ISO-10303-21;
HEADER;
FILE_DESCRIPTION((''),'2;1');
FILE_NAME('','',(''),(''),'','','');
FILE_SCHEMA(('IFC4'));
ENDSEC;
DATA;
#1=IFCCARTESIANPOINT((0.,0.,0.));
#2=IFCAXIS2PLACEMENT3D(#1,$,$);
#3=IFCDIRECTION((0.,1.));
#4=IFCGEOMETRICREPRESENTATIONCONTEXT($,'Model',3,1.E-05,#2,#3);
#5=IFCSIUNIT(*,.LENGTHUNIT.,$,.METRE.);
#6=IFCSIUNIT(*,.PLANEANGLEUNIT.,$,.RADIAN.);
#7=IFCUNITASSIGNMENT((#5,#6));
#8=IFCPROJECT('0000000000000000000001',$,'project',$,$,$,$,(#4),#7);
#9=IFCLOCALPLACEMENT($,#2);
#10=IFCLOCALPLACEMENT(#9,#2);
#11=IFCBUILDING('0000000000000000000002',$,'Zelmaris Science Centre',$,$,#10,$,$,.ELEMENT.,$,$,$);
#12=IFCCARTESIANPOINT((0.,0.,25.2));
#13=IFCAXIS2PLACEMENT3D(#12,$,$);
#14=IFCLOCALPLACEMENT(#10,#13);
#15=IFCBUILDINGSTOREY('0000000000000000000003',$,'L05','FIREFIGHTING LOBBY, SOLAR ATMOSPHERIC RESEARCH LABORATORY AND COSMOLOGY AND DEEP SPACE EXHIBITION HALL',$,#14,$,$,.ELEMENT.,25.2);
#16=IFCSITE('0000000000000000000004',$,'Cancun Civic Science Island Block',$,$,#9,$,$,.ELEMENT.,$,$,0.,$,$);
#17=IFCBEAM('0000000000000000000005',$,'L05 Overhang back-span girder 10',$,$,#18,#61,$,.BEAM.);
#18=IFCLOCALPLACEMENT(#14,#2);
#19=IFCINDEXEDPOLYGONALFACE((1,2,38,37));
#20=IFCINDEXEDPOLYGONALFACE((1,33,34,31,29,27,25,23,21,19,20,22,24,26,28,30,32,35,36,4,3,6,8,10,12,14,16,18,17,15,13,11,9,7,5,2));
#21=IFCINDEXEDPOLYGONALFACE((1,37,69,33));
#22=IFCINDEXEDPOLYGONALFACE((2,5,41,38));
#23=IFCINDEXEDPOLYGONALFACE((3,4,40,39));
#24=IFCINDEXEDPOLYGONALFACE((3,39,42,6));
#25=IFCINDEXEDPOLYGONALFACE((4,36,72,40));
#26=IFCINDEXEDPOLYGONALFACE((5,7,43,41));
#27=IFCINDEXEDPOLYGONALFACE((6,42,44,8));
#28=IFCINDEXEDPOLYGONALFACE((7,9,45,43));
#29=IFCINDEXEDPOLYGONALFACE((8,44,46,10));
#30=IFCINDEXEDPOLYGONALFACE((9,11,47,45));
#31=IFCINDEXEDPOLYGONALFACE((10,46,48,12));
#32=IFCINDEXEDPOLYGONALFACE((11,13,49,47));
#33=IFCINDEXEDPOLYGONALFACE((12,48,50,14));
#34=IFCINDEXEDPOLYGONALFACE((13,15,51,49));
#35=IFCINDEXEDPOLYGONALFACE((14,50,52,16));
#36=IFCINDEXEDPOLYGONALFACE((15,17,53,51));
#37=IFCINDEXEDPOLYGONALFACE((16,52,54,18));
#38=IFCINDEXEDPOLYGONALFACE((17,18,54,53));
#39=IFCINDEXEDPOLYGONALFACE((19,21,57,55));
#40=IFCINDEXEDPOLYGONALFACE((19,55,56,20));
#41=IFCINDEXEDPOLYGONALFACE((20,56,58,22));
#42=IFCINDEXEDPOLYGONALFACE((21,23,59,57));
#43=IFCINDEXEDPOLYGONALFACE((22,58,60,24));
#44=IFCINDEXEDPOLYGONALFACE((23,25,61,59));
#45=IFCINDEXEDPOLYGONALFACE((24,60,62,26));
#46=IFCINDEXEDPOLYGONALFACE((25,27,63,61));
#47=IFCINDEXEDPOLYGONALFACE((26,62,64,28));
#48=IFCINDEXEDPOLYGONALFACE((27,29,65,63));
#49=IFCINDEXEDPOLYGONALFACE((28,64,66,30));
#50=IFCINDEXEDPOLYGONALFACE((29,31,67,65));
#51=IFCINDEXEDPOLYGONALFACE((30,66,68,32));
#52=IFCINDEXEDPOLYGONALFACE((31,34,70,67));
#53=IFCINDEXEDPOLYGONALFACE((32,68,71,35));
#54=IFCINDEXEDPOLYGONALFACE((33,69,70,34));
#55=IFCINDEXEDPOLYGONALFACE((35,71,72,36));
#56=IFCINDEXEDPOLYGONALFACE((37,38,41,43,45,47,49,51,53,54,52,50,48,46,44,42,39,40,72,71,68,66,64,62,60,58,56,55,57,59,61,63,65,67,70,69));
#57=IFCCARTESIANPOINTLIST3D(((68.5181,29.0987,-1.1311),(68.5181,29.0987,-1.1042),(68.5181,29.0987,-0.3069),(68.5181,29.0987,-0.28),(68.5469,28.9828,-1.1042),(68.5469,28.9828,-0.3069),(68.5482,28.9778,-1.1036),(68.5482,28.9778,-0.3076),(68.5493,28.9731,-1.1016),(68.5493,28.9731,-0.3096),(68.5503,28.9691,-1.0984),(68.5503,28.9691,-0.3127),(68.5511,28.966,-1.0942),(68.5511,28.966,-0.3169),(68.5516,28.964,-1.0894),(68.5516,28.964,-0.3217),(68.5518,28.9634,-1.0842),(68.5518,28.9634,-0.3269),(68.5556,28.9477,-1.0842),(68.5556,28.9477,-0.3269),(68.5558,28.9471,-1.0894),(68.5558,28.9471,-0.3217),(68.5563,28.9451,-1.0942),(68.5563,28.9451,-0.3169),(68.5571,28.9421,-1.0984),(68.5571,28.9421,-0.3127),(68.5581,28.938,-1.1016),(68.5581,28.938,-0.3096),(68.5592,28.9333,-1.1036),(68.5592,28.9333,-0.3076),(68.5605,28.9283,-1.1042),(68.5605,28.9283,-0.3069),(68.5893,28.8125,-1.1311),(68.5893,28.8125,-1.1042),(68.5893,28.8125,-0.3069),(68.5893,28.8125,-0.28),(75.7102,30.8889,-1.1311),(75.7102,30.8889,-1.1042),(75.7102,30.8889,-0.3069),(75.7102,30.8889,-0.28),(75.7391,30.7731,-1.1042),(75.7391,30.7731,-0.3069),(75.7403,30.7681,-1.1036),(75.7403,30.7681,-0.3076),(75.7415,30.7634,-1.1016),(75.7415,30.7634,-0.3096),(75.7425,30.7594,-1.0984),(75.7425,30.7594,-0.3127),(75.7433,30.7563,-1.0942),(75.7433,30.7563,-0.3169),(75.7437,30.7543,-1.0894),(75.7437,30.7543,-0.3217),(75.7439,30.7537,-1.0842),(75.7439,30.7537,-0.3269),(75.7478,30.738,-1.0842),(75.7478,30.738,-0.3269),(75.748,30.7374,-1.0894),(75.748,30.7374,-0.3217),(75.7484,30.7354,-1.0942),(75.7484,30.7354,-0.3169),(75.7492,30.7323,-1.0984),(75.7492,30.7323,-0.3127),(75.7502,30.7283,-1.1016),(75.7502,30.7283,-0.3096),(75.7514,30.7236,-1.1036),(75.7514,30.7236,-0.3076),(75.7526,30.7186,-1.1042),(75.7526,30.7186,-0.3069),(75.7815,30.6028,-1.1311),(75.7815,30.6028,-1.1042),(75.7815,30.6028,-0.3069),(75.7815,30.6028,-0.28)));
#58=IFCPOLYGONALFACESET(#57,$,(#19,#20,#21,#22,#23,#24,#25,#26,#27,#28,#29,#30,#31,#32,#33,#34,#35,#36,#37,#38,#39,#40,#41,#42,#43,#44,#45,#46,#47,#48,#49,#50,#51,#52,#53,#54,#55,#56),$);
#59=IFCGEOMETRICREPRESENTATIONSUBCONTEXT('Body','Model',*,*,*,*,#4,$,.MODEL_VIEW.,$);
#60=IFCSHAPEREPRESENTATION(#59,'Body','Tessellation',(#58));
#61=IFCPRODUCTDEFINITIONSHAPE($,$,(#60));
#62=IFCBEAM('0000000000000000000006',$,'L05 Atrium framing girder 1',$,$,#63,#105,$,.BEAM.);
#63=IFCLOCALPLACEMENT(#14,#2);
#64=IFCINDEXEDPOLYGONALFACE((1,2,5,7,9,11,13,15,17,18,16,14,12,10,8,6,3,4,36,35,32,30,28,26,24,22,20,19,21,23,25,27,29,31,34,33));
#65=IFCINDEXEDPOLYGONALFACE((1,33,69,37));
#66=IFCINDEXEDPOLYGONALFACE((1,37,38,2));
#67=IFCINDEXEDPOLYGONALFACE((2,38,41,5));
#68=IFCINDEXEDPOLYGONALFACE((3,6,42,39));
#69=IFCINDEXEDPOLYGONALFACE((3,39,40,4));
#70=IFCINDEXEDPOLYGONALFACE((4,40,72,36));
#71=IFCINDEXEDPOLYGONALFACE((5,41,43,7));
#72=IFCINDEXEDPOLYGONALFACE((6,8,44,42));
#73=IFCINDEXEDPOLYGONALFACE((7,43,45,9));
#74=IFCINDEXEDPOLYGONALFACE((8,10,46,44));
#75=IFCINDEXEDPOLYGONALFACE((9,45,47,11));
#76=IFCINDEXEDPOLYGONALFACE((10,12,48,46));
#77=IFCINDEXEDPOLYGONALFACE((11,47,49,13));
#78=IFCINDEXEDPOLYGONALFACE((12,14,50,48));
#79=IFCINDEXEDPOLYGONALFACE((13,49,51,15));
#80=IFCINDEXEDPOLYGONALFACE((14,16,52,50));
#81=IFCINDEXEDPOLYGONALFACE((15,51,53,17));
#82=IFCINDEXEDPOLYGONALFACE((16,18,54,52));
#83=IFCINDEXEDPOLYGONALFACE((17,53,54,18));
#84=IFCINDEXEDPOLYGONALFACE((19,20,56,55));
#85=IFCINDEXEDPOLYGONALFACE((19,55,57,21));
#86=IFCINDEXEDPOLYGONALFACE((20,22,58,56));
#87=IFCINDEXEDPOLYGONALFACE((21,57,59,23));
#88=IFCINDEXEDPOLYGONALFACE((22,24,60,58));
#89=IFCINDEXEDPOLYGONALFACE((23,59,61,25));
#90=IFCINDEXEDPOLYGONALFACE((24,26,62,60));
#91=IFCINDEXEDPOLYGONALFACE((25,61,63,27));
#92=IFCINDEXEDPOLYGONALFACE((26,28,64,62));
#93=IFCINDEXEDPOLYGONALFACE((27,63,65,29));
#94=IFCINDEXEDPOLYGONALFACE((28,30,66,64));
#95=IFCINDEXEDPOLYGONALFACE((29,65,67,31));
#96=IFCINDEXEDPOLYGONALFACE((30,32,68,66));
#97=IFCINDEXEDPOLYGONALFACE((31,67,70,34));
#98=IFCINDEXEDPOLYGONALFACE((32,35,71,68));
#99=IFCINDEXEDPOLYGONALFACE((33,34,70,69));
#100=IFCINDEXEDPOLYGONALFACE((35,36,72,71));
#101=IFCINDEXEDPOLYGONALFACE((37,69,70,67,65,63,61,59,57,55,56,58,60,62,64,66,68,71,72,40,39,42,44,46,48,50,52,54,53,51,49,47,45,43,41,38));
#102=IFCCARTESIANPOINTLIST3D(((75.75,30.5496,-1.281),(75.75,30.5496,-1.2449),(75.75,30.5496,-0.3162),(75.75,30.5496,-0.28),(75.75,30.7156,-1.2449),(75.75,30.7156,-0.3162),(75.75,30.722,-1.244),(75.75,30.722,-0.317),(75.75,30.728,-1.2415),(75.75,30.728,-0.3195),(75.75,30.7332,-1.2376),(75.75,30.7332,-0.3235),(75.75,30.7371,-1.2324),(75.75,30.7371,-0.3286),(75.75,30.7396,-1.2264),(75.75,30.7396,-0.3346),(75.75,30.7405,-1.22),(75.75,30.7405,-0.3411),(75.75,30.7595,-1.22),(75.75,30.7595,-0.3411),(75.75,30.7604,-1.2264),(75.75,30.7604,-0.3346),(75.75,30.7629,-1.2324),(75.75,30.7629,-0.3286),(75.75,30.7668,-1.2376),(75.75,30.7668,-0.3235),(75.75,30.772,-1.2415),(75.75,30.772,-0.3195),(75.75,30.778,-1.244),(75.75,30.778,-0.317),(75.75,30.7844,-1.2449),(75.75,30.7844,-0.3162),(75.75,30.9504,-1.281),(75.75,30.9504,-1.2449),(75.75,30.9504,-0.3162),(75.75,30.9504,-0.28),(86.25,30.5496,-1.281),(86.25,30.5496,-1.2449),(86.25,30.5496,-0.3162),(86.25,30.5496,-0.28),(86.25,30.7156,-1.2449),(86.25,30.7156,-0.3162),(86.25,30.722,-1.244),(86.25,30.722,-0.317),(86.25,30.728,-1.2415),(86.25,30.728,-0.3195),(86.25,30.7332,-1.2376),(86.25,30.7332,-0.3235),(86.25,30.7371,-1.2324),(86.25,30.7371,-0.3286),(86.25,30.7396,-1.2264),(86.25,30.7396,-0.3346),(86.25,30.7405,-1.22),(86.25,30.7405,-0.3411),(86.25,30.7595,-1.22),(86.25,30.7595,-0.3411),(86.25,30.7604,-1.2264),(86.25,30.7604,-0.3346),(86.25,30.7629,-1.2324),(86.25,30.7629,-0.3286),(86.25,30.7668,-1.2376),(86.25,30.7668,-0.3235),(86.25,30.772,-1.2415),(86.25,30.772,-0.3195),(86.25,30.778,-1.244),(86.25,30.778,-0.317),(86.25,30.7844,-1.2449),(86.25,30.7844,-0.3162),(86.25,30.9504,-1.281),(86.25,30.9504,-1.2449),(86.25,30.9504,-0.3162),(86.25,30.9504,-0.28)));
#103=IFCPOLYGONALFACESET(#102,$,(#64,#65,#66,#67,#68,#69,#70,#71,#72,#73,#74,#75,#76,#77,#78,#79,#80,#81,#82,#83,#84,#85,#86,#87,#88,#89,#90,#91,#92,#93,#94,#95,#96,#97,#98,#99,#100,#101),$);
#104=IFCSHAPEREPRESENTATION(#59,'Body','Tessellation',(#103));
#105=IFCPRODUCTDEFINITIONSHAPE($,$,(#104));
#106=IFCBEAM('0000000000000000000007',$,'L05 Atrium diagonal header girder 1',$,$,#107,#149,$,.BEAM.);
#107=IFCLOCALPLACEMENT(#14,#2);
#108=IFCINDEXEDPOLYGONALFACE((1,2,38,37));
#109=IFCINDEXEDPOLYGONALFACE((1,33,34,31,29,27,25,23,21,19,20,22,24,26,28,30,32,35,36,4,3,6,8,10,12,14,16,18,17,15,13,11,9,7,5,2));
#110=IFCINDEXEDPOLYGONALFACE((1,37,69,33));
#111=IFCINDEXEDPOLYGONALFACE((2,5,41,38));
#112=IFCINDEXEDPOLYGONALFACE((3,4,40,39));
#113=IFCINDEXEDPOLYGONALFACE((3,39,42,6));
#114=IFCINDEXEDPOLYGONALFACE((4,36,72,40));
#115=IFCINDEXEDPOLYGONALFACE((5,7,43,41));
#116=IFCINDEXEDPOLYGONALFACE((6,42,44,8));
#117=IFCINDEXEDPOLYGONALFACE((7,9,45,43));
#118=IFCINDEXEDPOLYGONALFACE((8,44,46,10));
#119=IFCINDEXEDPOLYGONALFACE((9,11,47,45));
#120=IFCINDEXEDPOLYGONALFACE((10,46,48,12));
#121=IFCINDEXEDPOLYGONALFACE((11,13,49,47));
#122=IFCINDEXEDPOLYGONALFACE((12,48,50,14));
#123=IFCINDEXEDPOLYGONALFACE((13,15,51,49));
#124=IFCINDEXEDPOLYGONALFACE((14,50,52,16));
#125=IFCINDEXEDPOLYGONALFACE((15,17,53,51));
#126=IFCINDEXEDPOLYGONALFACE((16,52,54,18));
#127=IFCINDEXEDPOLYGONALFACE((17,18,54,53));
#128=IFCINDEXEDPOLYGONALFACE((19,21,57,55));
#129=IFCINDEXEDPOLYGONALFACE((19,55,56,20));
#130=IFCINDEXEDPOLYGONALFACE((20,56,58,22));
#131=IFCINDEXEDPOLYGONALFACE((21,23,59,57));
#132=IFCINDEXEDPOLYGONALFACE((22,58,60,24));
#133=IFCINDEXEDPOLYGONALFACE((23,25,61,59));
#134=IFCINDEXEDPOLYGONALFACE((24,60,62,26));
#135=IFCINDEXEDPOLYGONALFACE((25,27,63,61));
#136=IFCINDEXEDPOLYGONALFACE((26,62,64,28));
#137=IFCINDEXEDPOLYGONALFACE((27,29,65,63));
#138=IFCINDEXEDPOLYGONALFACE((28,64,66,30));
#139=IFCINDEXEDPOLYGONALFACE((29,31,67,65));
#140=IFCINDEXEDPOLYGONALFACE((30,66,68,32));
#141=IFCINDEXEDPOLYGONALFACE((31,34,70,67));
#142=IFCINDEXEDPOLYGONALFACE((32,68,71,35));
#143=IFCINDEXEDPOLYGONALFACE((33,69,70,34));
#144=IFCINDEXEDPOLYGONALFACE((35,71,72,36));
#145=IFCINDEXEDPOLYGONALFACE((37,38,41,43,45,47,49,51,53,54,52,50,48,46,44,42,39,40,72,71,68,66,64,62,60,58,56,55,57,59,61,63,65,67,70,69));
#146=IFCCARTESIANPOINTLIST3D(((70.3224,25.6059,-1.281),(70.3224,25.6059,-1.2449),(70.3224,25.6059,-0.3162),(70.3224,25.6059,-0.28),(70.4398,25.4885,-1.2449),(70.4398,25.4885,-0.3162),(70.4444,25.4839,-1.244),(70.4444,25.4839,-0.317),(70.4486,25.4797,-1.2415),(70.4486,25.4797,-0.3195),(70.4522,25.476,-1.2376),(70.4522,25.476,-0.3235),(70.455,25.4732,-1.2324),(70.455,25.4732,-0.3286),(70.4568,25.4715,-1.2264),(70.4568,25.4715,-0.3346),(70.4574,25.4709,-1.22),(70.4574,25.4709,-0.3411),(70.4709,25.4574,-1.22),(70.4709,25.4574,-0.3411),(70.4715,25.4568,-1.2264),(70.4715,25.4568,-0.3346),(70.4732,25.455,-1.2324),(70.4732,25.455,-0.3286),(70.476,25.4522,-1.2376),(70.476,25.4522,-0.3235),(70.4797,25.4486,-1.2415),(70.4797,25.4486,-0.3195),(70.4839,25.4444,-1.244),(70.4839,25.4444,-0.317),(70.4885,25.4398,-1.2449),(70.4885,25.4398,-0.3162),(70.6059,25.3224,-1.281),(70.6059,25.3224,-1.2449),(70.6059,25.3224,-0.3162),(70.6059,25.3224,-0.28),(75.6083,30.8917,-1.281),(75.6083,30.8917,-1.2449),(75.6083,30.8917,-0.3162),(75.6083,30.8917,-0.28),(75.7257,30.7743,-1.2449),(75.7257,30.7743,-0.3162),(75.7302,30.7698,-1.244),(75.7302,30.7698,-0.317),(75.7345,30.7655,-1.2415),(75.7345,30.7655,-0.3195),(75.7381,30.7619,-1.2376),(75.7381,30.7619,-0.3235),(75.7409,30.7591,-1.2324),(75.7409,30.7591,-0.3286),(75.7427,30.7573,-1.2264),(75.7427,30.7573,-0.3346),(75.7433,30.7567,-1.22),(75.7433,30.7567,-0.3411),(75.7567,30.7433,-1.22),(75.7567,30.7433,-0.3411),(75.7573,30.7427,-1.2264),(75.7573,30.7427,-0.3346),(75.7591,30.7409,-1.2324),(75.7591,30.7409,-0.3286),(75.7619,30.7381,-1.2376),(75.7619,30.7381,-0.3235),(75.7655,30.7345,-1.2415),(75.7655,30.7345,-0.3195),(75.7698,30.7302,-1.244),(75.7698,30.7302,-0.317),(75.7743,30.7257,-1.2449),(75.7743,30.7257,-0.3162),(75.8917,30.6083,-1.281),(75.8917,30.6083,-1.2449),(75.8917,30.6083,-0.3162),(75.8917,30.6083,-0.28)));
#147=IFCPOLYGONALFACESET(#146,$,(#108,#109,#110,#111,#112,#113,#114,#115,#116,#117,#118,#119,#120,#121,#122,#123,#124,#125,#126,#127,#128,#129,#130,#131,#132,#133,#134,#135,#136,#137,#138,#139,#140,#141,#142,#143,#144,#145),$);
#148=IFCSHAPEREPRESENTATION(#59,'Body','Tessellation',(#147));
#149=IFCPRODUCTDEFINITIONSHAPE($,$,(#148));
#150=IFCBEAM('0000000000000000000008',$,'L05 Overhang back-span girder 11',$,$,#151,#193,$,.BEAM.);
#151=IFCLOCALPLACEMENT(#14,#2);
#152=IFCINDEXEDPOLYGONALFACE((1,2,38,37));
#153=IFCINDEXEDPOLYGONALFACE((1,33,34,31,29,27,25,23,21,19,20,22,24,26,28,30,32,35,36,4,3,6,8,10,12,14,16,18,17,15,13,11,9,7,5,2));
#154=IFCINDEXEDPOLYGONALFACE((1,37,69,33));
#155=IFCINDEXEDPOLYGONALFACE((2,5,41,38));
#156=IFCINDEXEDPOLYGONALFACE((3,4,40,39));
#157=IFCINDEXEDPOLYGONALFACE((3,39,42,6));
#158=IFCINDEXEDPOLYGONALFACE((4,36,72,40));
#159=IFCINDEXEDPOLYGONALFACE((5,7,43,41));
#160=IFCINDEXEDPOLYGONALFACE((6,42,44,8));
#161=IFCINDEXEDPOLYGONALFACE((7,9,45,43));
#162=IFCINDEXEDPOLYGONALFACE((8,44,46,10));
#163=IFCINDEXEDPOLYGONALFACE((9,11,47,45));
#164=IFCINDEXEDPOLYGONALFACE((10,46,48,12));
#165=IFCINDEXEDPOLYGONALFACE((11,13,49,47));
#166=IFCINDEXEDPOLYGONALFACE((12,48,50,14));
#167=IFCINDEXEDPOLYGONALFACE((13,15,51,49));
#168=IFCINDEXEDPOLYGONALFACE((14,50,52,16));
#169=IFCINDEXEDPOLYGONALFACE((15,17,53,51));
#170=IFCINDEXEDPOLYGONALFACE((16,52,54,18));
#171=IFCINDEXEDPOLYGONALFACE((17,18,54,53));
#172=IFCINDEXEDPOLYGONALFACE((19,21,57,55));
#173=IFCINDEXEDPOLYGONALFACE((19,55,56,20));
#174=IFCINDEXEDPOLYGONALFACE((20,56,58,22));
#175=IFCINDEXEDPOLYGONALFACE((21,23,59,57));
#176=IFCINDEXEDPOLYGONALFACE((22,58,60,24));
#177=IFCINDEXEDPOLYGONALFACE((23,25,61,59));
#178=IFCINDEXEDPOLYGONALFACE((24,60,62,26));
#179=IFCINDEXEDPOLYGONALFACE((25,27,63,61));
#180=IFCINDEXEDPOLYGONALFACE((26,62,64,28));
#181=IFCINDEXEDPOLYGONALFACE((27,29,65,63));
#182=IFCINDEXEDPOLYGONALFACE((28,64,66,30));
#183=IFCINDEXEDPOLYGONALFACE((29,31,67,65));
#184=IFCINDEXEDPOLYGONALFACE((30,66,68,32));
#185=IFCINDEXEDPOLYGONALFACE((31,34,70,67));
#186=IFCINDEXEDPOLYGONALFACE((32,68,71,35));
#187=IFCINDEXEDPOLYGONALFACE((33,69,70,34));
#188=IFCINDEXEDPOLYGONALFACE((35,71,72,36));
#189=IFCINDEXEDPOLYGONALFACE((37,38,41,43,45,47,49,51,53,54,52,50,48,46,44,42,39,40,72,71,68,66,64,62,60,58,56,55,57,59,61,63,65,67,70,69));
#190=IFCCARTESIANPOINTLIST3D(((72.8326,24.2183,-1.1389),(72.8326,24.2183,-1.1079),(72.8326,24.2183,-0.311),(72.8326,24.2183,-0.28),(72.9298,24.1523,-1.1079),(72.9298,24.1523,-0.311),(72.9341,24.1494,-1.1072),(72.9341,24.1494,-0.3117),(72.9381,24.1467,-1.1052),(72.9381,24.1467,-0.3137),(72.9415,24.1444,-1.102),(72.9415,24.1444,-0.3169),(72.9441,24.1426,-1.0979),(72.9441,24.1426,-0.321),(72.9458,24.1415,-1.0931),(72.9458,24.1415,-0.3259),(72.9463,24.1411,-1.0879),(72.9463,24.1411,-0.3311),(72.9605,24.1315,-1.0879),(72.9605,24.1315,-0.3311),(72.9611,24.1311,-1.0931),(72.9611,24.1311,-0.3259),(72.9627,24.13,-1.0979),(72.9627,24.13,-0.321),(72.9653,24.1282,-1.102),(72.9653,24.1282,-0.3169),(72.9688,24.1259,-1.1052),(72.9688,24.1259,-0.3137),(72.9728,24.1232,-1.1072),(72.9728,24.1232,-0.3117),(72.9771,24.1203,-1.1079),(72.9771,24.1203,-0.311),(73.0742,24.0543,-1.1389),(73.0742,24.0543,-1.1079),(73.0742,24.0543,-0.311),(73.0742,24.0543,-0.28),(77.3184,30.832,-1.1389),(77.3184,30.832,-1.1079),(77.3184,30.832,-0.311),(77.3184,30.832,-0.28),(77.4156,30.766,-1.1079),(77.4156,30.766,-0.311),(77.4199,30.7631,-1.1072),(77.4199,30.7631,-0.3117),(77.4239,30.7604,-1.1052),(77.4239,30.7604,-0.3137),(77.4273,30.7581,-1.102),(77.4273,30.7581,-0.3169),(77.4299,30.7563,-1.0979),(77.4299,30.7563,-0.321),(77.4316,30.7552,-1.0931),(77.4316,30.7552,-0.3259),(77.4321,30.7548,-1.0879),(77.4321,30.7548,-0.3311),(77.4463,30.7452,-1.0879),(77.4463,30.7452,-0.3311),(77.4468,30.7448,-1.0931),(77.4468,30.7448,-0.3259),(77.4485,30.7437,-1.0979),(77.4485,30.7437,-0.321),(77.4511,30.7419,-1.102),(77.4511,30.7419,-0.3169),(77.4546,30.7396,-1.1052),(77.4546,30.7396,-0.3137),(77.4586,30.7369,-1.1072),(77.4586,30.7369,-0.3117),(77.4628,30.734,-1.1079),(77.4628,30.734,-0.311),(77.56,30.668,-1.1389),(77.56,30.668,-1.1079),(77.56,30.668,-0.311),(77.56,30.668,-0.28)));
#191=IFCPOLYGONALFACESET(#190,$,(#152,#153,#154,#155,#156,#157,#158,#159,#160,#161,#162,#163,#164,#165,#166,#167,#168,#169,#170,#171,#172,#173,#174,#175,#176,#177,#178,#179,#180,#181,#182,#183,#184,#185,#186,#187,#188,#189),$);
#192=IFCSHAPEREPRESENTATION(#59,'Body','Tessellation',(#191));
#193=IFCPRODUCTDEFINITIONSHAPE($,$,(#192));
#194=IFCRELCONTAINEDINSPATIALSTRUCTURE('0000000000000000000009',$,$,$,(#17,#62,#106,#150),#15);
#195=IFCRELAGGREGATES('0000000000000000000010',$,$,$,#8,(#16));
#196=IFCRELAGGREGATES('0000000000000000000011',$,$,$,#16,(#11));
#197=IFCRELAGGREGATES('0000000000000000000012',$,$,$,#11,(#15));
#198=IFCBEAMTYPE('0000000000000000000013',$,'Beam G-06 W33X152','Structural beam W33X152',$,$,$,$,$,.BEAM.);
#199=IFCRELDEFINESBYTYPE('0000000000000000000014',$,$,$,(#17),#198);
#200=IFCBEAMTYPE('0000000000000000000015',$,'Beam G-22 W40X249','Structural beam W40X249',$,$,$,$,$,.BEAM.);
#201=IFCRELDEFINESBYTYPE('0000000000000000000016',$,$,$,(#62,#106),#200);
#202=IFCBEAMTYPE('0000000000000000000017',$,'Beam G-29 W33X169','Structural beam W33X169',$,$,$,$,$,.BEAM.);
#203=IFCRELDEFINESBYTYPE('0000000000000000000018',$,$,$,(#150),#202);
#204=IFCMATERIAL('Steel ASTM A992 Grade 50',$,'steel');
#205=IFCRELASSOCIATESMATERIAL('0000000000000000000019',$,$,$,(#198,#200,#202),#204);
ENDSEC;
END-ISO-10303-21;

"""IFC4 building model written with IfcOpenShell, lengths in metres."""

from ifc_helpers import new_model, si_unit, direction, frame, origin, origin_2d, place, context, subcontext, project, spatial, i_section, extrude, material, material_profile, profile_set, type_object, element, save


model = new_model("IFC4")

# Units and contexts
model_context = context("Model", 3, precision=1e-05, world=origin(), true_north=direction((0.0, 1.0)))
body_context = subcontext(model_context, "Body", "Model", "MODEL_VIEW")
ifc_project = project(units=[si_unit("LENGTHUNIT", "METRE"), si_unit("PLANEANGLEUNIT", "RADIAN")], contexts=[model_context])

# Site, building, storey
site_placement = place(None, origin())
site = spatial("IfcSite", under=ifc_project, at=site_placement, Name="Cancun Civic Science Island Block", CompositionType="ELEMENT", RefElevation=0.0)
building_placement = place(site_placement, origin())
building = spatial("IfcBuilding", under=site, at=building_placement, Name="Zelmaris Science Centre", CompositionType="ELEMENT")
storey_placement = place(building_placement, frame((0.0, 0.0, 25.2)))
storey = spatial("IfcBuildingStorey", under=building, at=storey_placement, Name="L05", Description="FIREFIGHTING LOBBY, SOLAR ATMOSPHERIC RESEARCH LABORATORY AND COSMOLOGY AND DEEP SPACE EXHIBITION HALL", CompositionType="ELEMENT", Elevation=25.2)

# Beams
ifc_material_1 = material(Name="Steel ASTM A992 Grade 50", Category="steel")
ifc_material_profile_1 = material_profile(ifc_material_1, i_section(OverallWidth=0.2949, OverallDepth=0.8511, WebThickness=0.0161, FlangeThickness=0.0269, FilletRadius=0.02, at=origin_2d()), Name="W33X152")
ifc_profile_set_1 = profile_set([ifc_material_profile_1], Name="Steel ASTM A992 Grade 50")
beam_type_1 = type_object("IfcBeamType", Name="Beam G-06 W33X152", Description="Structural beam W33X152", PredefinedType="BEAM", material=ifc_profile_set_1)
beam_1_placement = place(storey_placement, frame((75.7458, 30.7458, -0.7056), z_axis=(-0.970388, -0.241551, 0.0), x_axis=(0.241551, -0.970388, 0.0)))
element("IfcBeam", 1, at=beam_1_placement, inside=storey, type_object=beam_type_1, Name="L05 Overhang back-span girder 10", PredefinedType="BEAM", context=body_context, shape_type="SweptSolid", body=[
    extrude(i_section(OverallWidth=0.2949, OverallDepth=0.8511, WebThickness=0.0161, FlangeThickness=0.0269, FilletRadius=0.02, at=origin_2d()), origin(), (0.0, 0.0, 1.0), 7.4116),
])
ifc_material_profile_2 = material_profile(ifc_material_1, i_section(OverallWidth=0.4009, OverallDepth=1.001, WebThickness=0.019, FlangeThickness=0.0361, FilletRadius=0.0249, at=origin_2d()), Name="W40X249")
ifc_profile_set_2 = profile_set([ifc_material_profile_2], Name="Steel ASTM A992 Grade 50")
beam_type_2 = type_object("IfcBeamType", Name="Beam G-22 W40X249", Description="Structural beam W40X249", PredefinedType="BEAM", material=ifc_profile_set_2)
beam_2_placement = place(storey_placement, frame((75.75, 30.75, -0.7805), z_axis=(1.0, 0.0, 0.0), x_axis=(0.0, 1.0, 0.0)))
element("IfcBeam", 2, at=beam_2_placement, inside=storey, type_object=beam_type_2, Name="L05 Atrium framing girder 1", PredefinedType="BEAM", context=body_context, shape_type="SweptSolid", body=[
    extrude(i_section(OverallWidth=0.4009, OverallDepth=1.001, WebThickness=0.019, FlangeThickness=0.0361, FilletRadius=0.0249, at=origin_2d()), origin(), (0.0, 0.0, 1.0), 10.5),
])
beam_3_placement = place(storey_placement, frame((75.75, 30.75, -0.7805), z_axis=(-0.707107, -0.707107, 0.0), x_axis=(0.707107, -0.707107, 0.0)))
element("IfcBeam", 3, at=beam_3_placement, inside=storey, type_object=beam_type_2, Name="L05 Atrium diagonal header girder 1", PredefinedType="BEAM", context=body_context, shape_type="SweptSolid", body=[
    extrude(i_section(OverallWidth=0.4009, OverallDepth=1.001, WebThickness=0.019, FlangeThickness=0.0361, FilletRadius=0.0249, at=origin_2d()), origin(), (0.0, 0.0, 1.0), 7.4753),
])
ifc_material_profile_3 = material_profile(ifc_material_1, i_section(OverallWidth=0.292, OverallDepth=0.8589, WebThickness=0.0171, FlangeThickness=0.031, FilletRadius=0.02, at=origin_2d()), Name="W33X169")
ifc_profile_set_3 = profile_set([ifc_material_profile_3], Name="Steel ASTM A992 Grade 50")
beam_type_3 = type_object("IfcBeamType", Name="Beam G-29 W33X169", Description="Structural beam W33X169", PredefinedType="BEAM", material=ifc_profile_set_3)
beam_4_placement = place(storey_placement, frame((77.4392, 30.75, -0.7095), z_axis=(-0.561324, -0.827596, 0.0), x_axis=(0.827596, -0.561324, 0.0)))
element("IfcBeam", 4, at=beam_4_placement, inside=storey, type_object=beam_type_3, Name="L05 Overhang back-span girder 11", PredefinedType="BEAM", context=body_context, shape_type="SweptSolid", body=[
    extrude(i_section(OverallWidth=0.292, OverallDepth=0.8589, WebThickness=0.0171, FlangeThickness=0.031, FilletRadius=0.02, at=origin_2d()), origin(), (0.0, 0.0, 1.0), 7.9915),
])

save(model, "model.ifc")
